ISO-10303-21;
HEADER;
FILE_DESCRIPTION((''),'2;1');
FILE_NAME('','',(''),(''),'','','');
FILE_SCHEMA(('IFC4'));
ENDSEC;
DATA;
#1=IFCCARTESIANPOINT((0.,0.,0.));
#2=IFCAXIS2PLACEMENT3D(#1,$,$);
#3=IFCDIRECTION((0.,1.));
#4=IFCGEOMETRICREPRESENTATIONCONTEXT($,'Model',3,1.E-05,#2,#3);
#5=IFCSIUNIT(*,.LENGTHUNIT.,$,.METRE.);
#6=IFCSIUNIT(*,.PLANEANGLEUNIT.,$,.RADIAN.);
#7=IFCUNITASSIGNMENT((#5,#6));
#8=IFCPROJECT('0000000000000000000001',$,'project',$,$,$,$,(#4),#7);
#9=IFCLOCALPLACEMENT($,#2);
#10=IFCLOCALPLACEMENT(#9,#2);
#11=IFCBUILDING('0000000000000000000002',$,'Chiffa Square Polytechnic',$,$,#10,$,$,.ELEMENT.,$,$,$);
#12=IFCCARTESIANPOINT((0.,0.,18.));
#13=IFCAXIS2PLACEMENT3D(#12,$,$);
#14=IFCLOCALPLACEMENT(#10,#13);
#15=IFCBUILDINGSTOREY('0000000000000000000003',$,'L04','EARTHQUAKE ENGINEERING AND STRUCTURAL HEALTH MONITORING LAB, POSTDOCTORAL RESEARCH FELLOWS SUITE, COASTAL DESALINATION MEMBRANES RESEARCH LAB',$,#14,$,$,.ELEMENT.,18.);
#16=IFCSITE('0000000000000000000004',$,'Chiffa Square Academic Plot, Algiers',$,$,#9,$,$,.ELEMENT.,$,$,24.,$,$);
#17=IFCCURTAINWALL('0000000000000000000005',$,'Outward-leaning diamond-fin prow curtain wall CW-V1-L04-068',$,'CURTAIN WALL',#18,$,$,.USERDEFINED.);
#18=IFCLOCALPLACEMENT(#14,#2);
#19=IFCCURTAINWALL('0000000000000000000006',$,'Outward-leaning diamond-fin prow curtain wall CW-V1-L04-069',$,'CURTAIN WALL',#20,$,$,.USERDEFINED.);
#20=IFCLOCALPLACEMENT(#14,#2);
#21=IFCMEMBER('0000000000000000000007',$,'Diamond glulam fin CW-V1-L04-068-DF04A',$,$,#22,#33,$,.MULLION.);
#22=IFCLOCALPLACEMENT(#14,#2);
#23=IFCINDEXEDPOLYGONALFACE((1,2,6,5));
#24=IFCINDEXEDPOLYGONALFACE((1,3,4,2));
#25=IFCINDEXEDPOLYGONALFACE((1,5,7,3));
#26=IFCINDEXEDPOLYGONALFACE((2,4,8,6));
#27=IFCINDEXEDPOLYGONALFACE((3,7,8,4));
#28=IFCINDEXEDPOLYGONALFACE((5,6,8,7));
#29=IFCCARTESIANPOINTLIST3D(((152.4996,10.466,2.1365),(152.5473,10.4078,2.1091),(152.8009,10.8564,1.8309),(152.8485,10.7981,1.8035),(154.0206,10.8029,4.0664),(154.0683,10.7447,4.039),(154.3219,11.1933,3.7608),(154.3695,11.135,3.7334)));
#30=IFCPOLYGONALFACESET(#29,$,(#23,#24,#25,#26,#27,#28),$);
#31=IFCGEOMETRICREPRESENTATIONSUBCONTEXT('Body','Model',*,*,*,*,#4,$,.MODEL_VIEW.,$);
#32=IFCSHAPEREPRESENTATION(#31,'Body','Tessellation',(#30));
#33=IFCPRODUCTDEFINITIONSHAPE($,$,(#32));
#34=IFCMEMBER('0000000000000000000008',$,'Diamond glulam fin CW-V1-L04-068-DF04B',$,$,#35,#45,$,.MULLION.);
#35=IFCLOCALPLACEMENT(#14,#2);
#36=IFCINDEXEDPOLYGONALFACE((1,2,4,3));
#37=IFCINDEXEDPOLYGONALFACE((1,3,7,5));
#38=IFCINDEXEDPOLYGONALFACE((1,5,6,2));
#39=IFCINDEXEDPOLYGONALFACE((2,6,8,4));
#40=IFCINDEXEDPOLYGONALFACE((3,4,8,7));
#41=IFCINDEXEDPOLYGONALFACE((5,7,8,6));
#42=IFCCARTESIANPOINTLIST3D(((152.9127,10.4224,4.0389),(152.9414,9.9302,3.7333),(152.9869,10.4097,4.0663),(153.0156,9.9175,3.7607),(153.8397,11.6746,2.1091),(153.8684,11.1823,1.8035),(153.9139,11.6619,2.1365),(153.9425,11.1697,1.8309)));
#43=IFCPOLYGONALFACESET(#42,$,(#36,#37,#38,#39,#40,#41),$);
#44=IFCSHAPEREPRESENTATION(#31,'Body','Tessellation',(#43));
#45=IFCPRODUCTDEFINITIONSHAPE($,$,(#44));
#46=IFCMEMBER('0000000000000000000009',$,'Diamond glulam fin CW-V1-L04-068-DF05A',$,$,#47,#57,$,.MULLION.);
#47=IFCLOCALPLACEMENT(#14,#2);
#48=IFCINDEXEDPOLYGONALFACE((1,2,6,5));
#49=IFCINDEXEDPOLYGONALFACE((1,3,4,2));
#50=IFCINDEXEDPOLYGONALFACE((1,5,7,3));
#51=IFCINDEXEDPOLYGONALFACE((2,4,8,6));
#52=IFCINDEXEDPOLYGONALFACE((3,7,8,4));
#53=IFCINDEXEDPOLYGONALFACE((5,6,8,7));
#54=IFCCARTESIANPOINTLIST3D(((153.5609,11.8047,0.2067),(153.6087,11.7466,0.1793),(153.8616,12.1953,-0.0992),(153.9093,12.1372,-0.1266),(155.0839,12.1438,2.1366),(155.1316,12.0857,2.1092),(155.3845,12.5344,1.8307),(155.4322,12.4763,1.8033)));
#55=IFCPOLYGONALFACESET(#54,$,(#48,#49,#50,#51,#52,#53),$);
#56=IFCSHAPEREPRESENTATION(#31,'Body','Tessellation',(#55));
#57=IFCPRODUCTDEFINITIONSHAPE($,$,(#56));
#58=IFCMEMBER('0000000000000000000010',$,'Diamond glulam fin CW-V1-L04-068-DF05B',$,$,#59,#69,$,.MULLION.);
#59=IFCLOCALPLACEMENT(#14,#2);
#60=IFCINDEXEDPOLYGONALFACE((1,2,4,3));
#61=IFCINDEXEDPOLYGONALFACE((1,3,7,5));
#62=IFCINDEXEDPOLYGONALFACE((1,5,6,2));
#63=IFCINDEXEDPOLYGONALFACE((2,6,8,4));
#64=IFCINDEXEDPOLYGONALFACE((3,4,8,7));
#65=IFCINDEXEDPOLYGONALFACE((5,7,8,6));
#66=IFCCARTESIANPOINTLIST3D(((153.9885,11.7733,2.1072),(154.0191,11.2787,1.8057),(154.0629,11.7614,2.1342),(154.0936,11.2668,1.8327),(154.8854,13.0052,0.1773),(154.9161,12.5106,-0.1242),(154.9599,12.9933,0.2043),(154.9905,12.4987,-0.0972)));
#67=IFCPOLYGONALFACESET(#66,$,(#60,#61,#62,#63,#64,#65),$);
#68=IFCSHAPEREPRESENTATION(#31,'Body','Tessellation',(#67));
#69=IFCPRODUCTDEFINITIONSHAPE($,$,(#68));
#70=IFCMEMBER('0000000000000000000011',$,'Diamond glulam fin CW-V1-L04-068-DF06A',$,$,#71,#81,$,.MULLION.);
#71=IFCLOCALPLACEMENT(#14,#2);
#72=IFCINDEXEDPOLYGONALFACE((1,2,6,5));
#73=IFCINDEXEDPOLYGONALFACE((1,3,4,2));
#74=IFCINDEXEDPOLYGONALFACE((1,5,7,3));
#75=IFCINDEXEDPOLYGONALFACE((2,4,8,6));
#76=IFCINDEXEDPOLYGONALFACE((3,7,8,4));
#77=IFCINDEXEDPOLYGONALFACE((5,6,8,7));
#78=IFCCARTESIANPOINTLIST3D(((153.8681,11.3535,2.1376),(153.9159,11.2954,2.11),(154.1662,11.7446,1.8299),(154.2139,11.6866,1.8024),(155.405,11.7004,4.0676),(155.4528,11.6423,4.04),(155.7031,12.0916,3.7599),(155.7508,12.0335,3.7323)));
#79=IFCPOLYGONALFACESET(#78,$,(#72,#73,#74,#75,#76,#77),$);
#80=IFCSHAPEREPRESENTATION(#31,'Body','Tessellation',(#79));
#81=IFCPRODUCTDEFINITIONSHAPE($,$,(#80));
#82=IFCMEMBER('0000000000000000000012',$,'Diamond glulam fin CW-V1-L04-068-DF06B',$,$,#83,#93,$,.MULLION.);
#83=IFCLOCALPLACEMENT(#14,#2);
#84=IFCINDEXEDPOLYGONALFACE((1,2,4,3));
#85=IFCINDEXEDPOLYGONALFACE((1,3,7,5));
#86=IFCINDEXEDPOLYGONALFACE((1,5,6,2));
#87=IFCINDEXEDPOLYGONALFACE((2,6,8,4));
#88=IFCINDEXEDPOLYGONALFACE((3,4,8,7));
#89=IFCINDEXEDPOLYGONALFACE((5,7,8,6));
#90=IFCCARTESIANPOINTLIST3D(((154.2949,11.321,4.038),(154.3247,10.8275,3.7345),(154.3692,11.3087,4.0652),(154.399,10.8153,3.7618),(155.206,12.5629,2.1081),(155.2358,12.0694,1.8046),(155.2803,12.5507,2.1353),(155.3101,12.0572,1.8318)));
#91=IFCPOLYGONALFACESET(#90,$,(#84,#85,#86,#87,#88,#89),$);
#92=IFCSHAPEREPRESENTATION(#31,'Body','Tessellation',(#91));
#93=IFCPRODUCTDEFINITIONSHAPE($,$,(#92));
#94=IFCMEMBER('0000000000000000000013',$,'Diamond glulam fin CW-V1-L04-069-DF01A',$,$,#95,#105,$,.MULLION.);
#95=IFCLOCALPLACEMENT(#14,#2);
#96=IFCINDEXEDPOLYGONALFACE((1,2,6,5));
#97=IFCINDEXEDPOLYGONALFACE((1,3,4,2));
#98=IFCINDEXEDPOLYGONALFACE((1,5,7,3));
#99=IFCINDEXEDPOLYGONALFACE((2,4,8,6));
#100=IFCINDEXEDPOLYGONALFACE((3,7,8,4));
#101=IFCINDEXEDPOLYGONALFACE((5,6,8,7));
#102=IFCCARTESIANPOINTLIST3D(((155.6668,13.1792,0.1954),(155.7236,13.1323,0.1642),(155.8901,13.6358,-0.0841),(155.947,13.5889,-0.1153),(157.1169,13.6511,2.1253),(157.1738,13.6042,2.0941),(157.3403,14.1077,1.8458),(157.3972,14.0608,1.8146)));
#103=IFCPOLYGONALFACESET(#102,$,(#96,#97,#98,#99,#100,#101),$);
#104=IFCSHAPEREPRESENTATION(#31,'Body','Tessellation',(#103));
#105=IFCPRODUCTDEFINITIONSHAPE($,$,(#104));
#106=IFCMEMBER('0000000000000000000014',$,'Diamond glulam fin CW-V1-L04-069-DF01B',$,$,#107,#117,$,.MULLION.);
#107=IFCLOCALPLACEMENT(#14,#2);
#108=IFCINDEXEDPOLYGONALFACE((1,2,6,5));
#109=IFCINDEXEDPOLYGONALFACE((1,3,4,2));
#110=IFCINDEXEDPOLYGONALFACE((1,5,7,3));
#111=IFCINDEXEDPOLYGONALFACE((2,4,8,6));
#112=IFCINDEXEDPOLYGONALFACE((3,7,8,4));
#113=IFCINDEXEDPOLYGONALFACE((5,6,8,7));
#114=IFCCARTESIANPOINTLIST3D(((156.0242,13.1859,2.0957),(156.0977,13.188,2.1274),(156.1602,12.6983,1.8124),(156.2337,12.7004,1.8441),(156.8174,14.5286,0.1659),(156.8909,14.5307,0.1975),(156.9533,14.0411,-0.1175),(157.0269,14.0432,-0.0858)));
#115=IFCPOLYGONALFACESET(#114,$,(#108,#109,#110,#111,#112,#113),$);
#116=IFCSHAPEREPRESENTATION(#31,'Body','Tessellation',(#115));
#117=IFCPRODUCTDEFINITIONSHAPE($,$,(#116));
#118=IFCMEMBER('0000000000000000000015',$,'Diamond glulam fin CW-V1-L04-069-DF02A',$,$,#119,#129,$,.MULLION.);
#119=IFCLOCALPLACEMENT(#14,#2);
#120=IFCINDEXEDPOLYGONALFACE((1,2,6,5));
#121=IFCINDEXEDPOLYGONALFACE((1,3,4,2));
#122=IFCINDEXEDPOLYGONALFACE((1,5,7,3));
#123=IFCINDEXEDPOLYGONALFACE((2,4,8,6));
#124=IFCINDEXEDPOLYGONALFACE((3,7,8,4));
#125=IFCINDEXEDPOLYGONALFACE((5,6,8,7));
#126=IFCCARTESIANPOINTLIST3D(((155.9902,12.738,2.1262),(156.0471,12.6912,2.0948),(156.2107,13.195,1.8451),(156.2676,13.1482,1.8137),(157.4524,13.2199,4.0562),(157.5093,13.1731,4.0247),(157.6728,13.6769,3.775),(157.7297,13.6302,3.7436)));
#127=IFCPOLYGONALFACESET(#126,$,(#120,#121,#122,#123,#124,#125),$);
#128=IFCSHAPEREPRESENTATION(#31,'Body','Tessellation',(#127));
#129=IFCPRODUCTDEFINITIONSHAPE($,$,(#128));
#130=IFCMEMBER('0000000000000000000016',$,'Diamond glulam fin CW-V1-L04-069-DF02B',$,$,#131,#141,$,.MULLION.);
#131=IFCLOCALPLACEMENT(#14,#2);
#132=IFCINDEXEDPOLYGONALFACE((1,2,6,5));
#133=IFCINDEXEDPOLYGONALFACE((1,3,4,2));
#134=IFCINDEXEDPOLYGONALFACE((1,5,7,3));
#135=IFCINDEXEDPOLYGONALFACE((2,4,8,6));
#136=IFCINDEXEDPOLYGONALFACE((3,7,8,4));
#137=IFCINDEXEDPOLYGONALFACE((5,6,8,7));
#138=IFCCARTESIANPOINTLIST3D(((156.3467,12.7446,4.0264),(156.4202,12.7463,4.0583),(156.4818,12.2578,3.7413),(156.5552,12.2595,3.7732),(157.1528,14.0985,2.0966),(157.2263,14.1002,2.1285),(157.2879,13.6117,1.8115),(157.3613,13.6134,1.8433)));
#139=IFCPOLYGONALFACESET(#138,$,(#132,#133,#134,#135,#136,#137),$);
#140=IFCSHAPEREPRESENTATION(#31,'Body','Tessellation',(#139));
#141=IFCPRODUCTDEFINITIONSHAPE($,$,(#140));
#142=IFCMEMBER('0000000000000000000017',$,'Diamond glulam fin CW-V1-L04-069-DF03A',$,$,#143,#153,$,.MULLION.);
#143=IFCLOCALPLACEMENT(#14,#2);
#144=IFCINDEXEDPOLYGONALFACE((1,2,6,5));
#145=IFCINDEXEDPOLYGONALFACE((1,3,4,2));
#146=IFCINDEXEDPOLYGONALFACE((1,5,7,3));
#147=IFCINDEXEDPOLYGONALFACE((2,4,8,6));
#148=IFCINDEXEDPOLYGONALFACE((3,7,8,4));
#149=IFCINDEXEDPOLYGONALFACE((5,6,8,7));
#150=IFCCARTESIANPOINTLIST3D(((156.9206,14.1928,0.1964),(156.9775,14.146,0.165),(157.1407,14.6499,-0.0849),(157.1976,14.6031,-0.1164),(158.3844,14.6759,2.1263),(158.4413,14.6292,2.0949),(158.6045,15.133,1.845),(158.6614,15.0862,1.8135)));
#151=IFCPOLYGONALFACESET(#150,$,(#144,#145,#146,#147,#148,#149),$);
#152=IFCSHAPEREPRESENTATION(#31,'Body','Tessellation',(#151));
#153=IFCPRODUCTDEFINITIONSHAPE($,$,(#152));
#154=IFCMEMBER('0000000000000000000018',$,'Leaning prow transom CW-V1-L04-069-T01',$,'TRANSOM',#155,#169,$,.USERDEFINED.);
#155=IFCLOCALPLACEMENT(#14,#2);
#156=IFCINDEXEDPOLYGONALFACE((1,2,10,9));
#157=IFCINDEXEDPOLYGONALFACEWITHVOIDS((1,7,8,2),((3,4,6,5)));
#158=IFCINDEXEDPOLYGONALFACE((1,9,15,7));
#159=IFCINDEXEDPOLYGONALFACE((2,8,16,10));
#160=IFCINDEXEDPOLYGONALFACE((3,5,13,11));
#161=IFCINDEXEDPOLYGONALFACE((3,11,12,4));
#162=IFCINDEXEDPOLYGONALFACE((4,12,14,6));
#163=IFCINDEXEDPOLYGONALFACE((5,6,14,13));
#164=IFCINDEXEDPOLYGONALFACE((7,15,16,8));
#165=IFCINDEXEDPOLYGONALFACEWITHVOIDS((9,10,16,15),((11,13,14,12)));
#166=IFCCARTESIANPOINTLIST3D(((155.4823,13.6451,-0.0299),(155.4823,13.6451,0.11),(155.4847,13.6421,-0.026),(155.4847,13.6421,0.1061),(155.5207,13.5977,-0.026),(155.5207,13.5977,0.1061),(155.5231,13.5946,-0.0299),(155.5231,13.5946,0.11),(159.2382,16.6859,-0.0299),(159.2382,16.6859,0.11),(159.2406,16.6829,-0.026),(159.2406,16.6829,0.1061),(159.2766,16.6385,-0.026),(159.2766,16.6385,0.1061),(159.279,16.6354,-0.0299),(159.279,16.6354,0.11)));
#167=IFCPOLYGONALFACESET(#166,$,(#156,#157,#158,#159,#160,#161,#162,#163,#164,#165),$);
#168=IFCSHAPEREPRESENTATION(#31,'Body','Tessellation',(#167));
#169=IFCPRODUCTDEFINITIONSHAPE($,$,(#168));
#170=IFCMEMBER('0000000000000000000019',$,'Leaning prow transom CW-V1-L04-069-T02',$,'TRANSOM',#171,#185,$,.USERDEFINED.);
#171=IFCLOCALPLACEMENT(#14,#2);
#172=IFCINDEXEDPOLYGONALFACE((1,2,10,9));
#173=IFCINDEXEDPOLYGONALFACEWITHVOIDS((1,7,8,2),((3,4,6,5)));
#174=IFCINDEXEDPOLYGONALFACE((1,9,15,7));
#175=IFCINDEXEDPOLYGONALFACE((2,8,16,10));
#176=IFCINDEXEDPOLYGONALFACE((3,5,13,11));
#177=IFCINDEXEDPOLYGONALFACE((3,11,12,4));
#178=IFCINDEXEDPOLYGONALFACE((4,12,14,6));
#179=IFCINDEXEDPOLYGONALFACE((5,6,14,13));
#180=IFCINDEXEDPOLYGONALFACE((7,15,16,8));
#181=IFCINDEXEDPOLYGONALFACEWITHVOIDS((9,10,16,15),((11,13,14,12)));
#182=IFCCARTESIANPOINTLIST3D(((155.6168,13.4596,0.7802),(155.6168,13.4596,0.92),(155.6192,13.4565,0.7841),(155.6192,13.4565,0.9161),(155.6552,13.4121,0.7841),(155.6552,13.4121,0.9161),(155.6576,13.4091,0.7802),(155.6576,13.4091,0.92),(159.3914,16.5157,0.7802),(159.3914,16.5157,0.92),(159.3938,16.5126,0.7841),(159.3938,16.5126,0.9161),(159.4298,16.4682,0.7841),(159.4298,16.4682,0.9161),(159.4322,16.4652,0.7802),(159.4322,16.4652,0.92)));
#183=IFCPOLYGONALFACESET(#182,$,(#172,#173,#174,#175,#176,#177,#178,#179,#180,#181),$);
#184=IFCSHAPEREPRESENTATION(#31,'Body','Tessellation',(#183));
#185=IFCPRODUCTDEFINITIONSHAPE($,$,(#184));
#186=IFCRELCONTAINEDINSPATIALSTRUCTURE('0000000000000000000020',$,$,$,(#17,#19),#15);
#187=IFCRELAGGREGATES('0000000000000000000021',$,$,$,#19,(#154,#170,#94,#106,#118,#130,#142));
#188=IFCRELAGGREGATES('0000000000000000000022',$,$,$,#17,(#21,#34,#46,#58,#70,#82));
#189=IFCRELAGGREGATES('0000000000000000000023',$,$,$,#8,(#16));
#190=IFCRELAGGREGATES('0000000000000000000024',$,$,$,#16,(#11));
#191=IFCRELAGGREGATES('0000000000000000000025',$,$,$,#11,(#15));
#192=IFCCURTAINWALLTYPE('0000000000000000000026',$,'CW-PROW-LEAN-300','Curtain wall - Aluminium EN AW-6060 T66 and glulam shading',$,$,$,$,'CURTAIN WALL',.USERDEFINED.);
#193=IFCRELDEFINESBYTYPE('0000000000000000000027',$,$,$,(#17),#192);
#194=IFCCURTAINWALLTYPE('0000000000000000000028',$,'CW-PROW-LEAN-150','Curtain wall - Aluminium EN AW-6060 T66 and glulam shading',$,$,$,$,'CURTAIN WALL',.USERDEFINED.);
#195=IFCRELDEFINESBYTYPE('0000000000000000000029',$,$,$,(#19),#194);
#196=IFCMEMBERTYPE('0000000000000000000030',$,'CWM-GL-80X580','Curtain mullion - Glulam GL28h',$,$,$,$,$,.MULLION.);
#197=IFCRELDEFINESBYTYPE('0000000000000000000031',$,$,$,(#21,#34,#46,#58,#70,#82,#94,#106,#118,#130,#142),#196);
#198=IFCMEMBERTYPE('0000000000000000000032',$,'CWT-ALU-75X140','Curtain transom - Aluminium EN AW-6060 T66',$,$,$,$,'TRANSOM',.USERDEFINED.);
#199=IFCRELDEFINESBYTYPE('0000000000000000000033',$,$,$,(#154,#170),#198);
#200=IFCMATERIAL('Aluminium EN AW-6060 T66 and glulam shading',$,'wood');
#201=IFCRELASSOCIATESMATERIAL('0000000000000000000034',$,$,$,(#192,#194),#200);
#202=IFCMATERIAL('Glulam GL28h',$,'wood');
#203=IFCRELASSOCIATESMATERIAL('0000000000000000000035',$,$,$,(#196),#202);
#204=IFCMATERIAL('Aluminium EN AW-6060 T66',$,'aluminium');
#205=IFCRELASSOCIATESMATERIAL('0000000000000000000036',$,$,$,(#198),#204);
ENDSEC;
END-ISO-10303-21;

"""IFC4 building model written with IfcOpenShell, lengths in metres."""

from ifc_helpers import new_model, si_unit, direction, frame, origin, origin_2d, place, context, subcontext, project, spatial, rectangle, hollow_rectangle, extrude, material, material_profile, profile_set, type_object, element, aggregate, save


model = new_model("IFC4")

# Units and contexts
model_context = context("Model", 3, precision=1e-05, world=origin(), true_north=direction((0.0, 1.0)))
body_context = subcontext(model_context, "Body", "Model", "MODEL_VIEW")
ifc_project = project(units=[si_unit("LENGTHUNIT", "METRE"), si_unit("PLANEANGLEUNIT", "RADIAN")], contexts=[model_context])

# Site, building, storey
site_placement = place(None, origin())
site = spatial("IfcSite", under=ifc_project, at=site_placement, Name="Chiffa Square Academic Plot, Algiers", CompositionType="ELEMENT", RefElevation=24.0)
building_placement = place(site_placement, origin())
building = spatial("IfcBuilding", under=site, at=building_placement, Name="Chiffa Square Polytechnic", CompositionType="ELEMENT")
storey_placement = place(building_placement, frame((0.0, 0.0, 18.0)))
storey = spatial("IfcBuildingStorey", under=building, at=storey_placement, Name="L04", Description="EARTHQUAKE ENGINEERING AND STRUCTURAL HEALTH MONITORING LAB, POSTDOCTORAL RESEARCH FELLOWS SUITE, COASTAL DESALINATION MEMBRANES RESEARCH LAB", CompositionType="ELEMENT", Elevation=18.0)

# Curtain walls
ifc_material_1 = material(Name="Aluminium EN AW-6060 T66 and glulam shading", Category="wood")
curtain_wall_type_1 = type_object("IfcCurtainWallType", Name="CW-PROW-LEAN-300", Description="Curtain wall - Aluminium EN AW-6060 T66 and glulam shading", ElementType="CURTAIN WALL", PredefinedType="USERDEFINED", material=ifc_material_1)
curtain_wall_1_placement = place(storey_placement, origin())
curtain_wall_1 = element("IfcCurtainWall", 1, at=curtain_wall_1_placement, inside=storey, type_object=curtain_wall_type_1, Name="Outward-leaning diamond-fin prow curtain wall CW-V1-L04-068", ObjectType="CURTAIN WALL", PredefinedType="USERDEFINED")
ifc_material_2 = material(Name="Aluminium EN AW-6060 T66", Category="aluminium")
curtain_wall_type_2 = type_object("IfcCurtainWallType", Name="CW-PROW-LEAN-150", Description="Curtain wall - Aluminium EN AW-6060 T66 and glulam shading", ElementType="CURTAIN WALL", PredefinedType="USERDEFINED", material=ifc_material_1)
curtain_wall_2_placement = place(storey_placement, origin())
curtain_wall_2 = element("IfcCurtainWall", 2, at=curtain_wall_2_placement, inside=storey, type_object=curtain_wall_type_2, Name="Outward-leaning diamond-fin prow curtain wall CW-V1-L04-069", ObjectType="CURTAIN WALL", PredefinedType="USERDEFINED")

# Members
ifc_material_3 = material(Name="Glulam GL28h", Category="wood")
ifc_material_profile_1 = material_profile(ifc_material_3, rectangle(XDim=0.0801, YDim=0.5801, at=origin_2d()), Name="GL28h 80x580")
ifc_profile_set_1 = profile_set([ifc_material_profile_1], Name="Glulam GL28h")
member_type_1 = type_object("IfcMemberType", Name="CWM-GL-80X580", Description="Curtain mullion - Glulam GL28h", PredefinedType="MULLION", material=ifc_profile_set_1)
member_1_placement = place(storey_placement, frame((152.6741, 10.6321, 1.97), z_axis=(0.613246, 0.135839, 0.778124), x_axis=(-0.595144, 0.72717, 0.342094)))
member_1 = element("IfcMember", 3, at=member_1_placement, type_object=member_type_1, Name="Diamond glulam fin CW-V1-L04-068-DF04A", PredefinedType="MULLION", context=body_context, shape_type="SweptSolid", body=[
    extrude(rectangle(XDim=0.0801, YDim=0.5801, at=origin_2d()), origin(), (0.0, 0.0, 1.0), 2.4802),
])
member_2_placement = place(storey_placement, frame((153.8911, 11.4221, 1.97), z_axis=(-0.373744, -0.504854, 0.778099), x_axis=(0.926212, -0.158402, 0.34211)))
member_2 = element("IfcMember", 4, at=member_2_placement, type_object=member_type_1, Name="Diamond glulam fin CW-V1-L04-068-DF04B", PredefinedType="MULLION", context=body_context, shape_type="SweptSolid", body=[
    extrude(rectangle(XDim=0.0801, YDim=0.5801, at=origin_2d()), origin(), (0.0, 0.0, 1.0), 2.4802),
])
member_3_placement = place(storey_placement, frame((153.7351, 11.9709, 0.04), z_axis=(0.613663, 0.136643, 0.777654), x_axis=(-0.595697, 0.726568, 0.34241)))
member_3 = element("IfcMember", 5, at=member_3_placement, type_object=member_type_1, Name="Diamond glulam fin CW-V1-L04-068-DF05A", PredefinedType="MULLION", context=body_context, shape_type="SweptSolid", body=[
    extrude(rectangle(XDim=0.0801, YDim=0.5801, at=origin_2d()), origin(), (0.0, 0.0, 1.0), 2.4817),
])
member_4_placement = place(storey_placement, frame((154.938, 12.752, 0.04), z_axis=(-0.364766, -0.500982, 0.784833), x_axis=(0.929597, -0.148091, 0.337517)))
member_4 = element("IfcMember", 6, at=member_4_placement, type_object=member_type_1, Name="Diamond glulam fin CW-V1-L04-068-DF05B", PredefinedType="MULLION", context=body_context, shape_type="SweptSolid", body=[
    extrude(rectangle(XDim=0.0801, YDim=0.5801, at=origin_2d()), origin(), (0.0, 0.0, 1.0), 2.459),
])
member_5_placement = place(storey_placement, frame((154.041, 11.52, 1.97), z_axis=(0.616874, 0.13925, 0.774645), x_axis=(-0.596217, 0.725186, 0.344428)))
member_5 = element("IfcMember", 7, at=member_5_placement, type_object=member_type_1, Name="Diamond glulam fin CW-V1-L04-068-DF06A", PredefinedType="MULLION", context=body_context, shape_type="SweptSolid", body=[
    extrude(rectangle(XDim=0.0801, YDim=0.5801, at=origin_2d()), origin(), (0.0, 0.0, 1.0), 2.4915),
])
member_6_placement = place(storey_placement, frame((155.2581, 12.3101, 1.97), z_axis=(-0.368991, -0.502963, 0.781584), x_axis=(0.928011, -0.15287, 0.339746)))
member_6 = element("IfcMember", 8, at=member_6_placement, type_object=member_type_1, Name="Diamond glulam fin CW-V1-L04-068-DF06B", PredefinedType="MULLION", context=body_context, shape_type="SweptSolid", body=[
    extrude(rectangle(XDim=0.0801, YDim=0.5801, at=origin_2d()), origin(), (0.0, 0.0, 1.0), 2.4692),
])
member_7_placement = place(storey_placement, frame((155.8069, 13.384, 0.04), z_axis=(0.589568, 0.191858, 0.784602), x_axis=(-0.710016, 0.586206, 0.390179)))
member_7 = element("IfcMember", 9, at=member_7_placement, type_object=member_type_1, Name="Diamond glulam fin CW-V1-L04-069-DF01A", PredefinedType="MULLION", context=body_context, shape_type="SweptSolid", body=[
    extrude(rectangle(XDim=0.0801, YDim=0.5801, at=origin_2d()), origin(), (0.0, 0.0, 1.0), 2.4597),
])
member_8_placement = place(storey_placement, frame((156.9221, 14.2859, 0.04), z_axis=(-0.319676, -0.541157, 0.77779), x_axis=(0.918074, 0.026172, 0.395543)))
member_8 = element("IfcMember", 10, at=member_8_placement, type_object=member_type_1, Name="Diamond glulam fin CW-V1-L04-069-DF01B", PredefinedType="MULLION", context=body_context, shape_type="SweptSolid", body=[
    extrude(rectangle(XDim=0.0801, YDim=0.5801, at=origin_2d()), origin(), (0.0, 0.0, 1.0), 2.4812),
])
member_9_placement = place(storey_placement, frame((156.1289, 12.9431, 1.97), z_axis=(0.592263, 0.195212, 0.78174), x_axis=(-0.710515, 0.584083, 0.392447)))
member_9 = element("IfcMember", 11, at=member_9_placement, type_object=member_type_1, Name="Diamond glulam fin CW-V1-L04-069-DF02A", PredefinedType="MULLION", context=body_context, shape_type="SweptSolid", body=[
    extrude(rectangle(XDim=0.0801, YDim=0.5801, at=origin_2d()), origin(), (0.0, 0.0, 1.0), 2.4688),
])
member_10_placement = place(storey_placement, frame((157.2571, 13.856, 1.97), z_axis=(-0.323554, -0.543437, 0.774589), x_axis=(0.917129, 0.021279, 0.398023)))
member_10 = element("IfcMember", 12, at=member_10_placement, type_object=member_type_1, Name="Diamond glulam fin CW-V1-L04-069-DF02B", PredefinedType="MULLION", context=body_context, shape_type="SweptSolid", body=[
    extrude(rectangle(XDim=0.0801, YDim=0.5801, at=origin_2d()), origin(), (0.0, 0.0, 1.0), 2.4915),
])
member_11_placement = place(storey_placement, frame((157.0591, 14.3979, 0.04), z_axis=(0.592655, 0.195608, 0.781344), x_axis=(-0.710515, 0.583873, 0.39276)))
member_11 = element("IfcMember", 13, at=member_11_placement, type_object=member_type_1, Name="Diamond glulam fin CW-V1-L04-069-DF03A", PredefinedType="MULLION", context=body_context, shape_type="SweptSolid", body=[
    extrude(rectangle(XDim=0.0801, YDim=0.5801, at=origin_2d()), origin(), (0.0, 0.0, 1.0), 2.47),
])
ifc_material_profile_2 = material_profile(ifc_material_2, hollow_rectangle(XDim=0.0649, YDim=0.1399, WallThickness=0.0039, at=origin_2d()), Name="ALU 65x140x4")
ifc_profile_set_2 = profile_set([ifc_material_profile_2], Name="Aluminium EN AW-6060 T66")
member_type_2 = type_object("IfcMemberType", Name="CWT-ALU-75X140", Description="Curtain transom - Aluminium EN AW-6060 T66", ElementType="TRANSOM", PredefinedType="USERDEFINED", material=ifc_profile_set_2)
member_12_placement = place(storey_placement, frame((155.5027, 13.6199, 0.04), z_axis=(0.777213, 0.629237, 0.0), x_axis=(-0.629237, 0.777213, 0.0)))
member_12 = element("IfcMember", 14, at=member_12_placement, type_object=member_type_2, Name="Leaning prow transom CW-V1-L04-069-T01", ObjectType="TRANSOM", PredefinedType="USERDEFINED", context=body_context, shape_type="SweptSolid", body=[
    extrude(hollow_rectangle(XDim=0.0649, YDim=0.1399, WallThickness=0.0039, at=origin_2d()), origin(), (0.0, 0.0, 1.0), 4.8325),
])
member_13_placement = place(storey_placement, frame((155.6372, 13.4343, 0.8501), z_axis=(0.777197, 0.629258, 0.0), x_axis=(-0.629258, 0.777197, 0.0)))
member_13 = element("IfcMember", 15, at=member_13_placement, type_object=member_type_2, Name="Leaning prow transom CW-V1-L04-069-T02", ObjectType="TRANSOM", PredefinedType="USERDEFINED", context=body_context, shape_type="SweptSolid", body=[
    extrude(hollow_rectangle(XDim=0.0649, YDim=0.1399, WallThickness=0.0039, at=origin_2d()), origin(), (0.0, 0.0, 1.0), 4.8567),
])

aggregate(curtain_wall_2, [member_12, member_13, member_7, member_8, member_9, member_10, member_11])
aggregate(curtain_wall_1, [member_1, member_2, member_3, member_4, member_5, member_6])

save(model, "model.ifc")
